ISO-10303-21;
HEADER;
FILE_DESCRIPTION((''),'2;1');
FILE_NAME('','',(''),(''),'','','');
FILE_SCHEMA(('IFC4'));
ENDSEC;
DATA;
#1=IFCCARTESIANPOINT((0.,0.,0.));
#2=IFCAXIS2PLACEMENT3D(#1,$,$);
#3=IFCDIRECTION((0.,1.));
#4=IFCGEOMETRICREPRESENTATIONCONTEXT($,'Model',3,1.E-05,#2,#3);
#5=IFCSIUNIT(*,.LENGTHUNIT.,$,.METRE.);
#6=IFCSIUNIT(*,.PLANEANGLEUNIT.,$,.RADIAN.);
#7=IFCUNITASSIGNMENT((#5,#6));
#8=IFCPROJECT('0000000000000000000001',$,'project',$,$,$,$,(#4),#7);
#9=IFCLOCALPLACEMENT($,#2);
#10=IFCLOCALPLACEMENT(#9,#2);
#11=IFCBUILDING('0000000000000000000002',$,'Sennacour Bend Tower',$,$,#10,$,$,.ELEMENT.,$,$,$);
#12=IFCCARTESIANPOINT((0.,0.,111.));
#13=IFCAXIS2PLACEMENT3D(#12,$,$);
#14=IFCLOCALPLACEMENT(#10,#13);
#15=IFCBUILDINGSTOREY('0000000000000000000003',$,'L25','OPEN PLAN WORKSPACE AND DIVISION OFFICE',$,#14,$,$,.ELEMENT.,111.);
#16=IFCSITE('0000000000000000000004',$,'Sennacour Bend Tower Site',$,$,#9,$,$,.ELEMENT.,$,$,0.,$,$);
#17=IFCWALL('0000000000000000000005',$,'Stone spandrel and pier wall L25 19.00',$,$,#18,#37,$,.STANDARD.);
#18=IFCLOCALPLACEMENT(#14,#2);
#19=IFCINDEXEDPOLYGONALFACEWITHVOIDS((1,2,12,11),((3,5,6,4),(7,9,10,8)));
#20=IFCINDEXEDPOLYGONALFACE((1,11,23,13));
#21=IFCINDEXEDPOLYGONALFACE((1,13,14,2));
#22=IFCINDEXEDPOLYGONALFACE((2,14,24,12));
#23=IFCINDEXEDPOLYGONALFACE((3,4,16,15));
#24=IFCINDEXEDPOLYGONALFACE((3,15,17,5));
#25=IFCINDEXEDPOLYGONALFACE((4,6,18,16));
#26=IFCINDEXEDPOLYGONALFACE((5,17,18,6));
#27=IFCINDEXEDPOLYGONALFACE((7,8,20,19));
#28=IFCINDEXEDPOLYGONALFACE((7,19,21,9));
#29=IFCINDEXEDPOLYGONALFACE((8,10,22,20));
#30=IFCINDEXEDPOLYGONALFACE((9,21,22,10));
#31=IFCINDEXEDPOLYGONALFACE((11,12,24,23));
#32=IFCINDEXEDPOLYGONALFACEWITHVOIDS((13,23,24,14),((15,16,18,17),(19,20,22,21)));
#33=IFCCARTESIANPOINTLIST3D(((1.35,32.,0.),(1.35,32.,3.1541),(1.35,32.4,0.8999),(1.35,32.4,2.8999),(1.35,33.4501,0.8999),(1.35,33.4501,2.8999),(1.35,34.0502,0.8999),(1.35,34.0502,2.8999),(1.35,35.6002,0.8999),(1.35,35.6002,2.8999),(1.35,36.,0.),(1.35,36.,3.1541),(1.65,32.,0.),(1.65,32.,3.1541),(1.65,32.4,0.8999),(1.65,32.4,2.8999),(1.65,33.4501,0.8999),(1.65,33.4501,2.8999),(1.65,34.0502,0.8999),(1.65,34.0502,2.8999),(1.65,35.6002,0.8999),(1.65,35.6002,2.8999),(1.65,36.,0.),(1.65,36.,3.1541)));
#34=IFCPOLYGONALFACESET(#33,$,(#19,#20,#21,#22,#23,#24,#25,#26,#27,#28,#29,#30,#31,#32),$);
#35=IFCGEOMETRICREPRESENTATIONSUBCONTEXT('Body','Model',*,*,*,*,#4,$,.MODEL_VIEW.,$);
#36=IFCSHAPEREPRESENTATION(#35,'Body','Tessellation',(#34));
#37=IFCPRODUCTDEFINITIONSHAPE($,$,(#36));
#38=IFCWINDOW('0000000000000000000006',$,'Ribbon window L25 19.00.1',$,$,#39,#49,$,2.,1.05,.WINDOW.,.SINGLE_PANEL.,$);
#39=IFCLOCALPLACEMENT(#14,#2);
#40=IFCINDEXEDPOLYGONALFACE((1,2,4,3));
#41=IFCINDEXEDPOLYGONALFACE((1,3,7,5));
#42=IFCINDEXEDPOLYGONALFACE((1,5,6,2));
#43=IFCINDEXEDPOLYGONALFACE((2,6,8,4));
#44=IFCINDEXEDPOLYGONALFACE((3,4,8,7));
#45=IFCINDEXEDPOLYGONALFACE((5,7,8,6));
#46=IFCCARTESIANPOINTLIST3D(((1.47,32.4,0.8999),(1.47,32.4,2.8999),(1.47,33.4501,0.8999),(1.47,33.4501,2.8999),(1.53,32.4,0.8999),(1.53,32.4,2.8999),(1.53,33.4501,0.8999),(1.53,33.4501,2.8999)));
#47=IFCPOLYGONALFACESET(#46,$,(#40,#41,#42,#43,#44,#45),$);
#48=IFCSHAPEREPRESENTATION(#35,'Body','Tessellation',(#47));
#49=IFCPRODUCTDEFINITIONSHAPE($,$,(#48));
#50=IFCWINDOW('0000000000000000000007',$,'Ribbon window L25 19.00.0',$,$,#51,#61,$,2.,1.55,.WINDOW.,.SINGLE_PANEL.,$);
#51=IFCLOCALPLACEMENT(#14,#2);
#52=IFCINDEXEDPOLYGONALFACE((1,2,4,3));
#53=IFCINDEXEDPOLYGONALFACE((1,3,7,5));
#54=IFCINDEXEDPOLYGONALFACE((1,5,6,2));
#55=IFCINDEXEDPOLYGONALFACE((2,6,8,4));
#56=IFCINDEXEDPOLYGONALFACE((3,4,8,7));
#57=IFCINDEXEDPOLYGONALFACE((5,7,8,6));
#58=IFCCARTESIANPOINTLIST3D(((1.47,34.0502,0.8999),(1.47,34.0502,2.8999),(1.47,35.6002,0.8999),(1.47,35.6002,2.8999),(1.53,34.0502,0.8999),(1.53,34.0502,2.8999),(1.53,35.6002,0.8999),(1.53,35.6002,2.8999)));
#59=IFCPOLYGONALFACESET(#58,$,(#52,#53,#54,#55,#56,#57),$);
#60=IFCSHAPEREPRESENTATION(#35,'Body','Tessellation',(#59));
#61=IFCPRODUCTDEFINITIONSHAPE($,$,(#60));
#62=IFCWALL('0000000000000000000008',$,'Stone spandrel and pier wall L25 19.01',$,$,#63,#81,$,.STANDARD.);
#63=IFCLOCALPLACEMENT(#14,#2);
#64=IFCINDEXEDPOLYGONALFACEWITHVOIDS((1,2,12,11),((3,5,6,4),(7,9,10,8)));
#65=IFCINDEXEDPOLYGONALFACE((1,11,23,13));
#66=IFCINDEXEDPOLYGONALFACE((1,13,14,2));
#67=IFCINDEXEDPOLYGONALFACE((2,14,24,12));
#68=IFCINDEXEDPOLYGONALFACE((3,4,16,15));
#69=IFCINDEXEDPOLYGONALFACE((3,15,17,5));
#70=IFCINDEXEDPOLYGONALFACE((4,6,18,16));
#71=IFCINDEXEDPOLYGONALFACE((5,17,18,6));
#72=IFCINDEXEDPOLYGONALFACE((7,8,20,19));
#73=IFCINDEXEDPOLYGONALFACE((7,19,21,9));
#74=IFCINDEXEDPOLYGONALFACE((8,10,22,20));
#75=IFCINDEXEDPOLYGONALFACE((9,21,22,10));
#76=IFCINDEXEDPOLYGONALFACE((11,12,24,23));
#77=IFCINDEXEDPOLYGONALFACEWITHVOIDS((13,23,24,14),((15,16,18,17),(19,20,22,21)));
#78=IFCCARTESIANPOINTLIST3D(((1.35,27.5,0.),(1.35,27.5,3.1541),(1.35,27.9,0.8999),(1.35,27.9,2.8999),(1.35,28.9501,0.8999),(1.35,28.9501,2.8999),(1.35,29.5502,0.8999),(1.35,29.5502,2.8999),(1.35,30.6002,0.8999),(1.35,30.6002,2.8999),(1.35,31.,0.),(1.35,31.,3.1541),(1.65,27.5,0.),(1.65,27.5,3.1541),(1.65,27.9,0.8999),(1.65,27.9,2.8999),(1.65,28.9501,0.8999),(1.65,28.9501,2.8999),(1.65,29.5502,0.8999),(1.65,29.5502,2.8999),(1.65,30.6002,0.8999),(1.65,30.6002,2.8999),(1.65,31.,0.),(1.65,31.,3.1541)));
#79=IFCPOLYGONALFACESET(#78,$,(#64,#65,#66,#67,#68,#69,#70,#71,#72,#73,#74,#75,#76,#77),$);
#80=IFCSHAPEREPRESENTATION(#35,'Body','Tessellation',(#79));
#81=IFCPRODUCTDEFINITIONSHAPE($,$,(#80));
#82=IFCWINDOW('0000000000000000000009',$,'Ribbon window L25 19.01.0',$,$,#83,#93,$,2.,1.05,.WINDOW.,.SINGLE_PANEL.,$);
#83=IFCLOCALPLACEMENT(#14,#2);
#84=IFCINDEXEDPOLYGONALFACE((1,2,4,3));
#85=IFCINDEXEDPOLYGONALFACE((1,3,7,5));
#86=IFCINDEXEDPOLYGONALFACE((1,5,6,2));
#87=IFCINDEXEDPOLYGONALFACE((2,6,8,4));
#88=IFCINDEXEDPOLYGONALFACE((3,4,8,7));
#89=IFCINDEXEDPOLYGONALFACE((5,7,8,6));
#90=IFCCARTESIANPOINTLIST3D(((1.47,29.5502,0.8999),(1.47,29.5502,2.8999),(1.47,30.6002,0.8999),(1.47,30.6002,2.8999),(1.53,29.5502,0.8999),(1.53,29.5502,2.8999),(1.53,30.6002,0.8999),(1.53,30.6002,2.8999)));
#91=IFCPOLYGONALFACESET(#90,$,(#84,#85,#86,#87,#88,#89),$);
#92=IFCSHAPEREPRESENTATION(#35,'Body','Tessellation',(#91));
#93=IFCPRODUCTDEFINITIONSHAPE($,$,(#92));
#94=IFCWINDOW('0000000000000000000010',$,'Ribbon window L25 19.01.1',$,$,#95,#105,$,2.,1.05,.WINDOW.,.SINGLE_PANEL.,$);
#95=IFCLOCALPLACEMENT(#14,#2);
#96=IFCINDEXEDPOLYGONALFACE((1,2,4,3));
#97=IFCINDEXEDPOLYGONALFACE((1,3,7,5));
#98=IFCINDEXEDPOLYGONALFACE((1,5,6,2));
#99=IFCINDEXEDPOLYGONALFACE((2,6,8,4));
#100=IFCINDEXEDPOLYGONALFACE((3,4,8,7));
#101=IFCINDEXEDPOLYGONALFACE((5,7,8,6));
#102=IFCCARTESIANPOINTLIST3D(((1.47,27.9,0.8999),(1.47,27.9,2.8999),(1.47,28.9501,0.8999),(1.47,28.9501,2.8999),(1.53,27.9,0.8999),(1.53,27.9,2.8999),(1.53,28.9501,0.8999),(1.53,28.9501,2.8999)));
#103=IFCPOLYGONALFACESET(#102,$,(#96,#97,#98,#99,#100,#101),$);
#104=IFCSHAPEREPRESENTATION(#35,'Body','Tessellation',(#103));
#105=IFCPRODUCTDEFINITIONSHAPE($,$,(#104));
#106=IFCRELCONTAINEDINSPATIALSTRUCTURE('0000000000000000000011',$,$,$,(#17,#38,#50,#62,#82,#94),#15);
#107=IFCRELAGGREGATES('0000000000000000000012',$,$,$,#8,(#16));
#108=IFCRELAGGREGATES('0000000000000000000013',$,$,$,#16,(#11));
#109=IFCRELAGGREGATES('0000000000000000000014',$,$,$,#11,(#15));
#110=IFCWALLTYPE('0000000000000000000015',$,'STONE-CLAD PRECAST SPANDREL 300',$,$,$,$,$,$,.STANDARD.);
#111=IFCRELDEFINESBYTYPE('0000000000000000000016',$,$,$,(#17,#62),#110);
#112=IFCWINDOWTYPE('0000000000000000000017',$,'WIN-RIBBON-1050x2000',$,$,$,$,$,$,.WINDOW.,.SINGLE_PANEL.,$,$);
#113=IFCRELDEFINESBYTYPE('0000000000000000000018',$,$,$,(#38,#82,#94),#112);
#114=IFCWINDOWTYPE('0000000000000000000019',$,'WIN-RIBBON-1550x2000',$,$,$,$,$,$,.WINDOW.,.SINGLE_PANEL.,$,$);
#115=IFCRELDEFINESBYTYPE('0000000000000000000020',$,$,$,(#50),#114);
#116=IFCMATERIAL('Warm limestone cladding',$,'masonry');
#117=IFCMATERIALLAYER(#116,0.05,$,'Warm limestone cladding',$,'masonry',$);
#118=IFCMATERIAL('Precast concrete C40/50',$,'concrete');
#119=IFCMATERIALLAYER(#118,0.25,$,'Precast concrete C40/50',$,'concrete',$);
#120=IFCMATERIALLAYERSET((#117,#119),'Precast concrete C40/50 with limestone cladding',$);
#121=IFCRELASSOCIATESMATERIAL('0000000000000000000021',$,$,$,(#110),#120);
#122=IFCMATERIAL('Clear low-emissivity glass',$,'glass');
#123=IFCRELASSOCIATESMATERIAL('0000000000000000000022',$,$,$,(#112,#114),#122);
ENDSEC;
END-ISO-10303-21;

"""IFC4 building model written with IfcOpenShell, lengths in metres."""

from ifc_helpers import new_model, si_unit, direction, frame, frame_2d, origin, place, context, subcontext, project, spatial, rectangle, extrude, material, layer, layer_set, type_object, element, fill, save


model = new_model("IFC4")

# Units and contexts
model_context = context("Model", 3, precision=1e-05, world=origin(), true_north=direction((0.0, 1.0)))
body_context = subcontext(model_context, "Body", "Model", "MODEL_VIEW")
ifc_project = project(units=[si_unit("LENGTHUNIT", "METRE"), si_unit("PLANEANGLEUNIT", "RADIAN")], contexts=[model_context])

# Site, building, storey
site_placement = place(None, origin())
site = spatial("IfcSite", under=ifc_project, at=site_placement, Name="Sennacour Bend Tower Site", CompositionType="ELEMENT", RefElevation=0.0)
building_placement = place(site_placement, origin())
building = spatial("IfcBuilding", under=site, at=building_placement, Name="Sennacour Bend Tower", CompositionType="ELEMENT")
storey_placement = place(building_placement, frame((0.0, 0.0, 111.0)))
storey = spatial("IfcBuildingStorey", under=building, at=storey_placement, Name="L25", Description="OPEN PLAN WORKSPACE AND DIVISION OFFICE", CompositionType="ELEMENT", Elevation=111.0)

# Walls, openings, windows
ifc_material_1 = material(Name="Warm limestone cladding", Category="masonry")
ifc_layer_1 = layer(ifc_material_1, 0.05, Name="Warm limestone cladding", Category="masonry")
ifc_material_2 = material(Name="Precast concrete C40/50", Category="concrete")
ifc_layer_2 = layer(ifc_material_2, 0.25, Name="Precast concrete C40/50", Category="concrete")
ifc_layer_set_1 = layer_set([ifc_layer_1, ifc_layer_2], Name="Precast concrete C40/50 with limestone cladding")
wall_type_1 = type_object("IfcWallType", Name="STONE-CLAD PRECAST SPANDREL 300", PredefinedType="STANDARD", material=ifc_layer_set_1)
wall_1_placement = place(storey_placement, frame((1.5, 36.0, 0.0), z_axis=(0.0, 0.0, 1.0), x_axis=(0.0, -1.0, 0.0)))
wall_1 = element("IfcWall", 1, at=wall_1_placement, inside=storey, type_object=wall_type_1, Name="Stone spandrel and pier wall L25 19.00", PredefinedType="STANDARD", context=body_context, shape_type="SweptSolid", body=[
    extrude(rectangle(XDim=4.0, YDim=0.3, at=frame_2d((2.0, 0.0))), origin(), (0.0, 0.0, 1.0), 3.1541),
])
opening_1_placement = place(wall_1_placement, frame((0.3999, 0.0, 0.8999)))
opening_1 = element("IfcOpeningElement", 2, at=opening_1_placement, cuts=wall_1, PredefinedType="OPENING", context=body_context, shape_type="SweptSolid", body=[
    extrude(rectangle(XDim=1.55, YDim=2.0, at=frame_2d((0.7749, 1.0))), frame((0.0, 0.1602, 0.0), z_axis=(0.0, -1.0, 0.0), x_axis=(1.0, 0.0, 0.0)), (0.0, 0.0, 1.0), 0.3201),
])
opening_2_placement = place(wall_1_placement, frame((2.55, 0.0, 0.8999)))
opening_2 = element("IfcOpeningElement", 3, at=opening_2_placement, cuts=wall_1, PredefinedType="OPENING", context=body_context, shape_type="SweptSolid", body=[
    extrude(rectangle(XDim=1.05, YDim=2.0, at=frame_2d((0.5249, 1.0))), frame((0.0, 0.1602, 0.0), z_axis=(0.0, -1.0, 0.0), x_axis=(1.0, 0.0, 0.0)), (0.0, 0.0, 1.0), 0.3201),
])
ifc_material_3 = material(Name="Clear low-emissivity glass", Category="glass")
window_type_1 = type_object("IfcWindowType", Name="WIN-RIBBON-1050x2000", PartitioningType="SINGLE_PANEL", PredefinedType="WINDOW", material=ifc_material_3)
window_1_placement = place(opening_2_placement, origin())
window_1 = element("IfcWindow", 4, at=window_1_placement, inside=storey, type_object=window_type_1, Name="Ribbon window L25 19.00.1", OverallHeight=2.0, OverallWidth=1.05, PartitioningType="SINGLE_PANEL", PredefinedType="WINDOW", context=body_context, shape_type="SweptSolid", body=[
    extrude(rectangle(XDim=1.05, YDim=2.0, at=frame_2d((0.5249, 1.0))), frame((0.0, 0.03, 0.0), z_axis=(0.0, -1.0, 0.0), x_axis=(1.0, 0.0, 0.0)), (0.0, 0.0, 1.0), 0.0601),
])
fill(opening_2, window_1)
window_type_2 = type_object("IfcWindowType", Name="WIN-RIBBON-1550x2000", PartitioningType="SINGLE_PANEL", PredefinedType="WINDOW", material=ifc_material_3)
window_2_placement = place(opening_1_placement, origin())
window_2 = element("IfcWindow", 5, at=window_2_placement, inside=storey, type_object=window_type_2, Name="Ribbon window L25 19.00.0", OverallHeight=2.0, OverallWidth=1.55, PartitioningType="SINGLE_PANEL", PredefinedType="WINDOW", context=body_context, shape_type="SweptSolid", body=[
    extrude(rectangle(XDim=1.55, YDim=2.0, at=frame_2d((0.7749, 1.0))), frame((0.0, 0.03, 0.0), z_axis=(0.0, -1.0, 0.0), x_axis=(1.0, 0.0, 0.0)), (0.0, 0.0, 1.0), 0.0601),
])
fill(opening_1, window_2)
wall_2_placement = place(storey_placement, frame((1.5, 31.0, 0.0), z_axis=(0.0, 0.0, 1.0), x_axis=(0.0, -1.0, 0.0)))
wall_2 = element("IfcWall", 6, at=wall_2_placement, inside=storey, type_object=wall_type_1, Name="Stone spandrel and pier wall L25 19.01", PredefinedType="STANDARD", context=body_context, shape_type="SweptSolid", body=[
    extrude(rectangle(XDim=3.5, YDim=0.3, at=frame_2d((1.75, 0.0))), origin(), (0.0, 0.0, 1.0), 3.1541),
])
opening_3_placement = place(wall_2_placement, frame((0.3999, 0.0, 0.8999)))
opening_3 = element("IfcOpeningElement", 7, at=opening_3_placement, cuts=wall_2, PredefinedType="OPENING", context=body_context, shape_type="SweptSolid", body=[
    extrude(rectangle(XDim=1.05, YDim=2.0, at=frame_2d((0.5249, 1.0))), frame((0.0, 0.1602, 0.0), z_axis=(0.0, -1.0, 0.0), x_axis=(1.0, 0.0, 0.0)), (0.0, 0.0, 1.0), 0.3201),
])
opening_4_placement = place(wall_2_placement, frame((2.05, 0.0, 0.8999)))
opening_4 = element("IfcOpeningElement", 8, at=opening_4_placement, cuts=wall_2, PredefinedType="OPENING", context=body_context, shape_type="SweptSolid", body=[
    extrude(rectangle(XDim=1.05, YDim=2.0, at=frame_2d((0.5249, 1.0))), frame((0.0, 0.1602, 0.0), z_axis=(0.0, -1.0, 0.0), x_axis=(1.0, 0.0, 0.0)), (0.0, 0.0, 1.0), 0.3201),
])
window_3_placement = place(opening_3_placement, origin())
window_3 = element("IfcWindow", 9, at=window_3_placement, inside=storey, type_object=window_type_1, Name="Ribbon window L25 19.01.0", OverallHeight=2.0, OverallWidth=1.05, PartitioningType="SINGLE_PANEL", PredefinedType="WINDOW", context=body_context, shape_type="SweptSolid", body=[
    extrude(rectangle(XDim=1.05, YDim=2.0, at=frame_2d((0.5249, 1.0))), frame((0.0, 0.03, 0.0), z_axis=(0.0, -1.0, 0.0), x_axis=(1.0, 0.0, 0.0)), (0.0, 0.0, 1.0), 0.0601),
])
fill(opening_3, window_3)
window_4_placement = place(opening_4_placement, origin())
window_4 = element("IfcWindow", 10, at=window_4_placement, inside=storey, type_object=window_type_1, Name="Ribbon window L25 19.01.1", OverallHeight=2.0, OverallWidth=1.05, PartitioningType="SINGLE_PANEL", PredefinedType="WINDOW", context=body_context, shape_type="SweptSolid", body=[
    extrude(rectangle(XDim=1.05, YDim=2.0, at=frame_2d((0.5249, 1.0))), frame((0.0, 0.03, 0.0), z_axis=(0.0, -1.0, 0.0), x_axis=(1.0, 0.0, 0.0)), (0.0, 0.0, 1.0), 0.0601),
])
fill(opening_4, window_4)

save(model, "model.ifc")
